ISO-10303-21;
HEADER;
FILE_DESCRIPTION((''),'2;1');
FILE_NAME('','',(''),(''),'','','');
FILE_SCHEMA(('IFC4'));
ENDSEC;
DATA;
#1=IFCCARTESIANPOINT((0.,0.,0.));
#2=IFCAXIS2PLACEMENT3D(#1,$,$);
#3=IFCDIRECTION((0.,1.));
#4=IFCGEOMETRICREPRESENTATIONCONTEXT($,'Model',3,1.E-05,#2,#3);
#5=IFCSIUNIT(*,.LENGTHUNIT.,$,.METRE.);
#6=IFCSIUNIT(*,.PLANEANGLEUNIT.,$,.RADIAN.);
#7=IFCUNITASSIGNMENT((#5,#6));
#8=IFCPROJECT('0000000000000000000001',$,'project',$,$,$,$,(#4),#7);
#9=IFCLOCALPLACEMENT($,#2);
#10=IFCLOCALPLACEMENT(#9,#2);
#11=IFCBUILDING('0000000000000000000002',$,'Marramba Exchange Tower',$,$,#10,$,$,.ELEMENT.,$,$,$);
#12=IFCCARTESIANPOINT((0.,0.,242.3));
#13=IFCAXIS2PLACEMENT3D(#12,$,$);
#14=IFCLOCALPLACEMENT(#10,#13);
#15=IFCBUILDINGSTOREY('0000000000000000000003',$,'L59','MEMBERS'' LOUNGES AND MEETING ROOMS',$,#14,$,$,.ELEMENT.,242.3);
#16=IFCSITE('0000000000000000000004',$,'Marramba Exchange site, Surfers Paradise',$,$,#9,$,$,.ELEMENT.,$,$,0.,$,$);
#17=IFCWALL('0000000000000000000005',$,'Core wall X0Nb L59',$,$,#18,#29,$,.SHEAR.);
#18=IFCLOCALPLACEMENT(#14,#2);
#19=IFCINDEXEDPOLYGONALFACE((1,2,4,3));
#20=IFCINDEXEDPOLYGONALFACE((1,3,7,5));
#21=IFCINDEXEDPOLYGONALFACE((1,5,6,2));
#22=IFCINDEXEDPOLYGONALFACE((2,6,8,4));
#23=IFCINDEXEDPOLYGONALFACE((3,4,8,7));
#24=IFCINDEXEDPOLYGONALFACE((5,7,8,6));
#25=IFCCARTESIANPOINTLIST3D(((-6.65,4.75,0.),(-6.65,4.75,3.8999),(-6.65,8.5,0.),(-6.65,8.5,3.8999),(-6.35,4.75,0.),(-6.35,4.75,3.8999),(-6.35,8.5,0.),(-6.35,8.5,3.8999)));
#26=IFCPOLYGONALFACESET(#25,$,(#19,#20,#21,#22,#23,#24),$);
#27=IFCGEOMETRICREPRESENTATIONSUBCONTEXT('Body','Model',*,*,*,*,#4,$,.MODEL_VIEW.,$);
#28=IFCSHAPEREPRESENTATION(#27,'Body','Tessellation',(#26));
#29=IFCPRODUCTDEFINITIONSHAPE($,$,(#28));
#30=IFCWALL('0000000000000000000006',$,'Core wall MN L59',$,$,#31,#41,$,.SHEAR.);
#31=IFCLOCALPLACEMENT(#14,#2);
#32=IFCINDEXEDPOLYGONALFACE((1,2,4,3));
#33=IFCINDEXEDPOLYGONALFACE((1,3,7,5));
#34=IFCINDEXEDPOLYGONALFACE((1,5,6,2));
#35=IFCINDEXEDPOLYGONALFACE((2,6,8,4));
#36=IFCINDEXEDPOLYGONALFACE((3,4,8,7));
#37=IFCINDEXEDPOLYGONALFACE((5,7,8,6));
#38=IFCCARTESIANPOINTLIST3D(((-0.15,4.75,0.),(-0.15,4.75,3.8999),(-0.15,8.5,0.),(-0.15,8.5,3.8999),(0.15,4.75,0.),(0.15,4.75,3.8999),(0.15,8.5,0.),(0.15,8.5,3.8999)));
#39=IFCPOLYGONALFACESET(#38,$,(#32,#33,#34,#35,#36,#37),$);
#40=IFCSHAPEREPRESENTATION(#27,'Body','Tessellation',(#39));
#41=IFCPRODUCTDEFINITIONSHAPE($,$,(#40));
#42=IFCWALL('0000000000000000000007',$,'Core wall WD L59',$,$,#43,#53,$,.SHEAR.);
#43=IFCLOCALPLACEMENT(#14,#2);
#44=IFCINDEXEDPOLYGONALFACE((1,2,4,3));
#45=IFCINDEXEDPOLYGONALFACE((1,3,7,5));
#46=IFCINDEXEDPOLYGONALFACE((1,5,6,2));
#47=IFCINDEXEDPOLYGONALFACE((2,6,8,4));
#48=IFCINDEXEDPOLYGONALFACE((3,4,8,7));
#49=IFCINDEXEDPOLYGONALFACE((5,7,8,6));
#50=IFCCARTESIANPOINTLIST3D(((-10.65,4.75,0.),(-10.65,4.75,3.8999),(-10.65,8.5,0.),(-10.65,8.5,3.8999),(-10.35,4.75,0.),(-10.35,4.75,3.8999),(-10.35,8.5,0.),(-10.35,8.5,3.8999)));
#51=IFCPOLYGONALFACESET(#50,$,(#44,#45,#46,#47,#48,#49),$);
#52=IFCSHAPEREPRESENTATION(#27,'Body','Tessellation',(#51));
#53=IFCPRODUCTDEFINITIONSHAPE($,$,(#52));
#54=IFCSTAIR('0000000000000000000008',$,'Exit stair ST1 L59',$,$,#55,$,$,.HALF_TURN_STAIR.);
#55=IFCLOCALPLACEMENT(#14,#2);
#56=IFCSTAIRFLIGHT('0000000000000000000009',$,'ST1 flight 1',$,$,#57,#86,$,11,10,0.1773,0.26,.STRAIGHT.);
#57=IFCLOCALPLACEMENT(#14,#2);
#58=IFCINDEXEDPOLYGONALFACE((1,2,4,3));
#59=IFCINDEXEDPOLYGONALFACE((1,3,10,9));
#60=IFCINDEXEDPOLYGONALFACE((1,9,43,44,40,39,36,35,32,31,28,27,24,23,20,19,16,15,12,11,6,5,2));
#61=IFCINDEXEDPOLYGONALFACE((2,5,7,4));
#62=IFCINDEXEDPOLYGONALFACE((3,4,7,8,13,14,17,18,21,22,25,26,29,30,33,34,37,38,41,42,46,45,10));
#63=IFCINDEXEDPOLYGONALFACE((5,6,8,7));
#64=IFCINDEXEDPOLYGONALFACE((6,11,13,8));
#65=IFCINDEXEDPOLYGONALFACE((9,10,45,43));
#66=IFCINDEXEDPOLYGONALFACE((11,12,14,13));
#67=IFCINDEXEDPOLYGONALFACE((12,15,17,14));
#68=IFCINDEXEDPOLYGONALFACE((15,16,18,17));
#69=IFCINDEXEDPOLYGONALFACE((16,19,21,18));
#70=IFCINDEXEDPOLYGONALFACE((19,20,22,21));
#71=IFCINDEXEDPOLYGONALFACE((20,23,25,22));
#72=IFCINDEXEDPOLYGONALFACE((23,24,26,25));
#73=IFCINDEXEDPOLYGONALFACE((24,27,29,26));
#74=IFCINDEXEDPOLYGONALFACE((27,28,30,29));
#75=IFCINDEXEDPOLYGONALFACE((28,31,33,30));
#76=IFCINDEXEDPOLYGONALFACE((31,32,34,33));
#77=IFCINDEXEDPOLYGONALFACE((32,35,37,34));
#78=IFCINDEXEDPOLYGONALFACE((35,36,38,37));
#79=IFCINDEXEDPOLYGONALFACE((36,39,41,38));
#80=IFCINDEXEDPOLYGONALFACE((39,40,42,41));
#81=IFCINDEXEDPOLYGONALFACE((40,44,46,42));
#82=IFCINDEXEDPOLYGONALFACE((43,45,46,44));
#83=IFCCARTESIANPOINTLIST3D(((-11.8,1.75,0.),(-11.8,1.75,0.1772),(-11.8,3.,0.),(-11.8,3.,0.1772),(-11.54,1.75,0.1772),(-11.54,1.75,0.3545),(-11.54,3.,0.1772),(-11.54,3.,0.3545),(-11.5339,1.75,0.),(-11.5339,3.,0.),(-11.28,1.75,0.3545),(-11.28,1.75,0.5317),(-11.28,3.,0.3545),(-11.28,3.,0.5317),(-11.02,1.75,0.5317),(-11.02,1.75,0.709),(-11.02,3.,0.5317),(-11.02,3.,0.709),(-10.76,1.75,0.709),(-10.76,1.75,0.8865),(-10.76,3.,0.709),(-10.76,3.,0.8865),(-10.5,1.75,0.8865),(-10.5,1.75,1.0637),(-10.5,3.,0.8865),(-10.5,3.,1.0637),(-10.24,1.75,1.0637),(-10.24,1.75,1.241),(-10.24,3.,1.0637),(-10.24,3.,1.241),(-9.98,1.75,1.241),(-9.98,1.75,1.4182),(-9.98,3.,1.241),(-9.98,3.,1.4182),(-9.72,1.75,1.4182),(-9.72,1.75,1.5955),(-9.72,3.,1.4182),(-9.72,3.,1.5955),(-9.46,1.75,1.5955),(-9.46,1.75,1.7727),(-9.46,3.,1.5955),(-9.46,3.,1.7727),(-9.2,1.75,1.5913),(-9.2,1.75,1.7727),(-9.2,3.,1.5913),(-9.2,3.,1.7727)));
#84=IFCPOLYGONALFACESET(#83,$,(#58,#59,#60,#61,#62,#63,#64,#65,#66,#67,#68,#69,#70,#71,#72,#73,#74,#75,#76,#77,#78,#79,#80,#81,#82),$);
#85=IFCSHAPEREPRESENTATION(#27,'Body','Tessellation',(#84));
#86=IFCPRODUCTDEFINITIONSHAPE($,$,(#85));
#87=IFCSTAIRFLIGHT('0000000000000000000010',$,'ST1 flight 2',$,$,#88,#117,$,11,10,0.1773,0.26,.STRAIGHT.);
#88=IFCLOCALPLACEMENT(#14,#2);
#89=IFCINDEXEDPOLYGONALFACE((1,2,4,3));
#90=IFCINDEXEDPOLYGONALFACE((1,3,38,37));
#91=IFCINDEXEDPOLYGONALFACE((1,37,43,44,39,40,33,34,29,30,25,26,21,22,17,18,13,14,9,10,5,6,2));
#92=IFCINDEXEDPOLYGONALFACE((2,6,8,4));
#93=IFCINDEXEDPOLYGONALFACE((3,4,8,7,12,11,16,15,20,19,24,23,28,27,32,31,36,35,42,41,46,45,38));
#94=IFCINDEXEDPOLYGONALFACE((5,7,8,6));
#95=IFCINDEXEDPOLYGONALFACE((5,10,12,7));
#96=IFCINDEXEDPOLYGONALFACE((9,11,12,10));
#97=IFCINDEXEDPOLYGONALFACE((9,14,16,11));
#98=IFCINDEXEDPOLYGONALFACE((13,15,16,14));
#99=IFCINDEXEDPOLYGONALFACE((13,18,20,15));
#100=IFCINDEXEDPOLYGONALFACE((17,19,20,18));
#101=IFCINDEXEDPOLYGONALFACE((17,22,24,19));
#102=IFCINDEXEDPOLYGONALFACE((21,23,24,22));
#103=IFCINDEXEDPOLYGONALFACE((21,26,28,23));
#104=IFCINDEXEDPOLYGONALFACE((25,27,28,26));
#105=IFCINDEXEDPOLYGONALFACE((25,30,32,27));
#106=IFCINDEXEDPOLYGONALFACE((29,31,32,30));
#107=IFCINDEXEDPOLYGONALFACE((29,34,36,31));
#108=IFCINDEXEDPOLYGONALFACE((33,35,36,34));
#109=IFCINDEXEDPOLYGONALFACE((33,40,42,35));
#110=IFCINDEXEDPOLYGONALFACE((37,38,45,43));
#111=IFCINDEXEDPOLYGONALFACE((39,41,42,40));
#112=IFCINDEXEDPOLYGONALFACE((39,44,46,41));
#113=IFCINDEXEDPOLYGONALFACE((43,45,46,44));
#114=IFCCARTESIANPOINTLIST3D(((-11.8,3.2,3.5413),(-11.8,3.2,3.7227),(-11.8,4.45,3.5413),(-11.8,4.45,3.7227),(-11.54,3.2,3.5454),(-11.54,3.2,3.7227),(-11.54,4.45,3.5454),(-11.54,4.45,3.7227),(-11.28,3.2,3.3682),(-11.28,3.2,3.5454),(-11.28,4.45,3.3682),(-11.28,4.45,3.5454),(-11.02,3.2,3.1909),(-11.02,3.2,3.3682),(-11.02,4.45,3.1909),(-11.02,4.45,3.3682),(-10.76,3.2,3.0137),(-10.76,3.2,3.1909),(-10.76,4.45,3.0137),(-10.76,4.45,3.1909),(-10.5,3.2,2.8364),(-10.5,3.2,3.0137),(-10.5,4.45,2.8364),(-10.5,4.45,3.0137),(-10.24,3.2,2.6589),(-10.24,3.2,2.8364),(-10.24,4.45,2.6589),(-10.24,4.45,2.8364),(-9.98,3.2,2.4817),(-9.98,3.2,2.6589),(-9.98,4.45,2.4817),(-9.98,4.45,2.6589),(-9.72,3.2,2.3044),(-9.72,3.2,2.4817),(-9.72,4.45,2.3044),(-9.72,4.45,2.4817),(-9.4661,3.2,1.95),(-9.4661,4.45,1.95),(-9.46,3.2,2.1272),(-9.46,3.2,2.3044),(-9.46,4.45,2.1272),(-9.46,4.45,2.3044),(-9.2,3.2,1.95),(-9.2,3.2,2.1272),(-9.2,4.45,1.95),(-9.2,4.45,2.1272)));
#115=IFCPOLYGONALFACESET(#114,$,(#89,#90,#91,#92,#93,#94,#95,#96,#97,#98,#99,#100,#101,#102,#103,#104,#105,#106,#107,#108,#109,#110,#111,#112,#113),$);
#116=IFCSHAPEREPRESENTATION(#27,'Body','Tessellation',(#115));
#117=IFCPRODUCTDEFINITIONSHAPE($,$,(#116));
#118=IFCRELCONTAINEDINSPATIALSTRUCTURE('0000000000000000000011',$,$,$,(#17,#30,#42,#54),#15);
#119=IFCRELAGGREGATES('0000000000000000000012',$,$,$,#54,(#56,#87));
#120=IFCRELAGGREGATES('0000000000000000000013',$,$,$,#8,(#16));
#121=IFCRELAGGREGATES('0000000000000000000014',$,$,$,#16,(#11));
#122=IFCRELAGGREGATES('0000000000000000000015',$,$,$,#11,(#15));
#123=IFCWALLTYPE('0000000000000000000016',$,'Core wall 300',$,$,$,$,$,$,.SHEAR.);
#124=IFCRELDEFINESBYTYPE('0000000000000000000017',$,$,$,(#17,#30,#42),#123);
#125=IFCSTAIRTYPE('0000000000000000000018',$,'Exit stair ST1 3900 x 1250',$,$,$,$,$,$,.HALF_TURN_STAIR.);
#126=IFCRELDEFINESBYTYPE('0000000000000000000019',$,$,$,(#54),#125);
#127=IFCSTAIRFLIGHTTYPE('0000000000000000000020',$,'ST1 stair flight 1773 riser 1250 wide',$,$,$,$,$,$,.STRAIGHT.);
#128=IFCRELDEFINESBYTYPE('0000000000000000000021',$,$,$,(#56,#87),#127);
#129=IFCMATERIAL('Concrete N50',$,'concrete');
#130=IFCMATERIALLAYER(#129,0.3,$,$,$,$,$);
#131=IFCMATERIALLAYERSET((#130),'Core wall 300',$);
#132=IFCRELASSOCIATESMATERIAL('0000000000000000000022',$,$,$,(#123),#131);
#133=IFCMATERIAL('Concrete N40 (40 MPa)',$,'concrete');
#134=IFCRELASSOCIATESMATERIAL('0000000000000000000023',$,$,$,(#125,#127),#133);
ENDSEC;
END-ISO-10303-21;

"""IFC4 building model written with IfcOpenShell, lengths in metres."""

from ifc_helpers import new_model, si_unit, direction, frame, frame_2d, origin, place, context, subcontext, project, spatial, polyline, rectangle, outline, extrude, material, layer, layer_set, type_object, element, aggregate, save


model = new_model("IFC4")

# Units and contexts
model_context = context("Model", 3, precision=1e-05, world=origin(), true_north=direction((0.0, 1.0)))
body_context = subcontext(model_context, "Body", "Model", "MODEL_VIEW")
ifc_project = project(units=[si_unit("LENGTHUNIT", "METRE"), si_unit("PLANEANGLEUNIT", "RADIAN")], contexts=[model_context])

# Site, building, storey
site_placement = place(None, origin())
site = spatial("IfcSite", under=ifc_project, at=site_placement, Name="Marramba Exchange site, Surfers Paradise", CompositionType="ELEMENT", RefElevation=0.0)
building_placement = place(site_placement, origin())
building = spatial("IfcBuilding", under=site, at=building_placement, Name="Marramba Exchange Tower", CompositionType="ELEMENT")
storey_placement = place(building_placement, frame((0.0, 0.0, 242.3)))
storey = spatial("IfcBuildingStorey", under=building, at=storey_placement, Name="L59", Description="MEMBERS' LOUNGES AND MEETING ROOMS", CompositionType="ELEMENT", Elevation=242.3)

# Shared definitions
ifc_material_1 = material(Name="Concrete N50", Category="concrete")

# Walls
ifc_layer_1 = layer(ifc_material_1, 0.3)
ifc_layer_set_1 = layer_set([ifc_layer_1], Name="Core wall 300")
wall_type_1 = type_object("IfcWallType", Name="Core wall 300", PredefinedType="SHEAR", material=ifc_layer_set_1)
for number, where, z_axis, x_axis, name in (
    (1, (-6.5, 4.75, 0.0), (0.0, 0.0, 1.0), (0.0, 1.0, 0.0), "Core wall X0Nb L59"),
    (2, (0.0, 4.75, 0.0), (0.0, 0.0, 1.0), (0.0, 1.0, 0.0), "Core wall MN L59"),
    (3, (-10.5, 4.75, 0.0), (0.0, 0.0, 1.0), (0.0, 1.0, 0.0), "Core wall WD L59"),
):
    element("IfcWall", number, at=place(storey_placement, frame(where, z_axis=z_axis, x_axis=x_axis)), inside=storey, type_object=wall_type_1, Name=name, PredefinedType="SHEAR", context=body_context, shape_type="SweptSolid", body=[
        extrude(rectangle(XDim=3.75, YDim=0.3, at=frame_2d((1.875, 0.0))), origin(), (0.0, 0.0, 1.0), 3.8999),
    ])

# Stair, stair flights
ifc_material_2 = material(Name="Concrete N40 (40 MPa)", Category="concrete")
stair_type = type_object("IfcStairType", Name="Exit stair ST1 3900 x 1250", PredefinedType="HALF_TURN_STAIR", material=ifc_material_2)
stair_placement = place(storey_placement, origin())
stair = element("IfcStair", 4, at=stair_placement, inside=storey, type_object=stair_type, Name="Exit stair ST1 L59", PredefinedType="HALF_TURN_STAIR")
stair_flight_type = type_object("IfcStairFlightType", Name="ST1 stair flight 1773 riser 1250 wide", PredefinedType="STRAIGHT", material=ifc_material_2)
stair_flight_1_placement = place(storey_placement, frame((-11.8, 2.375, 0.0), z_axis=(0.0, 0.0, 1.0), x_axis=(1.0, 0.0, 0.0)))
stair_flight_1 = element("IfcStairFlight", 5, at=stair_flight_1_placement, type_object=stair_flight_type, Name="ST1 flight 1", NumberOfRisers=11, NumberOfTreads=10, PredefinedType="STRAIGHT", RiserHeight=0.1773, TreadLength=0.26, context=body_context, shape_type="SweptSolid", body=[
    extrude(outline(polyline([(0.0, 0.0), (0.0, 0.1772), (0.26, 0.1772), (0.26, 0.3545), (0.52, 0.3545), (0.52, 0.5317), (0.78, 0.5317), (0.78, 0.709), (1.04, 0.709), (1.04, 0.8865), (1.3, 0.8865), (1.3, 1.0637), (1.5601, 1.0637), (1.5601, 1.241), (1.8201, 1.241), (1.8201, 1.4182), (2.0801, 1.4182), (2.0801, 1.5955), (2.3401, 1.5955), (2.3401, 1.7727), (2.6001, 1.7727), (2.6001, 1.95), (2.6001, 1.5913), (0.2661, 0.0), (0.0, 0.0)])), frame((0.0, 0.625, 0.0), z_axis=(0.0, -1.0, 0.0), x_axis=(1.0, 0.0, 0.0)), (0.0, 0.0, 1.0), 1.25),
])
stair_flight_2_placement = place(storey_placement, frame((-9.2, 3.825, 1.95), z_axis=(0.0, 0.0, 1.0), x_axis=(-1.0, 0.0, 0.0)))
stair_flight_2 = element("IfcStairFlight", 6, at=stair_flight_2_placement, type_object=stair_flight_type, Name="ST1 flight 2", NumberOfRisers=11, NumberOfTreads=10, PredefinedType="STRAIGHT", RiserHeight=0.1773, TreadLength=0.26, context=body_context, shape_type="SweptSolid", body=[
    extrude(outline(polyline([(0.0, 0.0), (0.0, 0.1772), (0.26, 0.1772), (0.26, 0.3545), (0.52, 0.3545), (0.52, 0.5317), (0.78, 0.5317), (0.78, 0.709), (1.04, 0.709), (1.04, 0.8865), (1.3, 0.8865), (1.3, 1.0637), (1.5601, 1.0637), (1.5601, 1.241), (1.8201, 1.241), (1.8201, 1.4182), (2.0801, 1.4182), (2.0801, 1.5955), (2.3401, 1.5955), (2.3401, 1.7727), (2.6001, 1.7727), (2.6001, 1.95), (2.6001, 1.5913), (0.2661, 0.0), (0.0, 0.0)])), frame((0.0, 0.625, 0.0), z_axis=(0.0, -1.0, 0.0), x_axis=(1.0, 0.0, 0.0)), (0.0, 0.0, 1.0), 1.25),
])
aggregate(stair, [stair_flight_1, stair_flight_2])

save(model, "model.ifc")
